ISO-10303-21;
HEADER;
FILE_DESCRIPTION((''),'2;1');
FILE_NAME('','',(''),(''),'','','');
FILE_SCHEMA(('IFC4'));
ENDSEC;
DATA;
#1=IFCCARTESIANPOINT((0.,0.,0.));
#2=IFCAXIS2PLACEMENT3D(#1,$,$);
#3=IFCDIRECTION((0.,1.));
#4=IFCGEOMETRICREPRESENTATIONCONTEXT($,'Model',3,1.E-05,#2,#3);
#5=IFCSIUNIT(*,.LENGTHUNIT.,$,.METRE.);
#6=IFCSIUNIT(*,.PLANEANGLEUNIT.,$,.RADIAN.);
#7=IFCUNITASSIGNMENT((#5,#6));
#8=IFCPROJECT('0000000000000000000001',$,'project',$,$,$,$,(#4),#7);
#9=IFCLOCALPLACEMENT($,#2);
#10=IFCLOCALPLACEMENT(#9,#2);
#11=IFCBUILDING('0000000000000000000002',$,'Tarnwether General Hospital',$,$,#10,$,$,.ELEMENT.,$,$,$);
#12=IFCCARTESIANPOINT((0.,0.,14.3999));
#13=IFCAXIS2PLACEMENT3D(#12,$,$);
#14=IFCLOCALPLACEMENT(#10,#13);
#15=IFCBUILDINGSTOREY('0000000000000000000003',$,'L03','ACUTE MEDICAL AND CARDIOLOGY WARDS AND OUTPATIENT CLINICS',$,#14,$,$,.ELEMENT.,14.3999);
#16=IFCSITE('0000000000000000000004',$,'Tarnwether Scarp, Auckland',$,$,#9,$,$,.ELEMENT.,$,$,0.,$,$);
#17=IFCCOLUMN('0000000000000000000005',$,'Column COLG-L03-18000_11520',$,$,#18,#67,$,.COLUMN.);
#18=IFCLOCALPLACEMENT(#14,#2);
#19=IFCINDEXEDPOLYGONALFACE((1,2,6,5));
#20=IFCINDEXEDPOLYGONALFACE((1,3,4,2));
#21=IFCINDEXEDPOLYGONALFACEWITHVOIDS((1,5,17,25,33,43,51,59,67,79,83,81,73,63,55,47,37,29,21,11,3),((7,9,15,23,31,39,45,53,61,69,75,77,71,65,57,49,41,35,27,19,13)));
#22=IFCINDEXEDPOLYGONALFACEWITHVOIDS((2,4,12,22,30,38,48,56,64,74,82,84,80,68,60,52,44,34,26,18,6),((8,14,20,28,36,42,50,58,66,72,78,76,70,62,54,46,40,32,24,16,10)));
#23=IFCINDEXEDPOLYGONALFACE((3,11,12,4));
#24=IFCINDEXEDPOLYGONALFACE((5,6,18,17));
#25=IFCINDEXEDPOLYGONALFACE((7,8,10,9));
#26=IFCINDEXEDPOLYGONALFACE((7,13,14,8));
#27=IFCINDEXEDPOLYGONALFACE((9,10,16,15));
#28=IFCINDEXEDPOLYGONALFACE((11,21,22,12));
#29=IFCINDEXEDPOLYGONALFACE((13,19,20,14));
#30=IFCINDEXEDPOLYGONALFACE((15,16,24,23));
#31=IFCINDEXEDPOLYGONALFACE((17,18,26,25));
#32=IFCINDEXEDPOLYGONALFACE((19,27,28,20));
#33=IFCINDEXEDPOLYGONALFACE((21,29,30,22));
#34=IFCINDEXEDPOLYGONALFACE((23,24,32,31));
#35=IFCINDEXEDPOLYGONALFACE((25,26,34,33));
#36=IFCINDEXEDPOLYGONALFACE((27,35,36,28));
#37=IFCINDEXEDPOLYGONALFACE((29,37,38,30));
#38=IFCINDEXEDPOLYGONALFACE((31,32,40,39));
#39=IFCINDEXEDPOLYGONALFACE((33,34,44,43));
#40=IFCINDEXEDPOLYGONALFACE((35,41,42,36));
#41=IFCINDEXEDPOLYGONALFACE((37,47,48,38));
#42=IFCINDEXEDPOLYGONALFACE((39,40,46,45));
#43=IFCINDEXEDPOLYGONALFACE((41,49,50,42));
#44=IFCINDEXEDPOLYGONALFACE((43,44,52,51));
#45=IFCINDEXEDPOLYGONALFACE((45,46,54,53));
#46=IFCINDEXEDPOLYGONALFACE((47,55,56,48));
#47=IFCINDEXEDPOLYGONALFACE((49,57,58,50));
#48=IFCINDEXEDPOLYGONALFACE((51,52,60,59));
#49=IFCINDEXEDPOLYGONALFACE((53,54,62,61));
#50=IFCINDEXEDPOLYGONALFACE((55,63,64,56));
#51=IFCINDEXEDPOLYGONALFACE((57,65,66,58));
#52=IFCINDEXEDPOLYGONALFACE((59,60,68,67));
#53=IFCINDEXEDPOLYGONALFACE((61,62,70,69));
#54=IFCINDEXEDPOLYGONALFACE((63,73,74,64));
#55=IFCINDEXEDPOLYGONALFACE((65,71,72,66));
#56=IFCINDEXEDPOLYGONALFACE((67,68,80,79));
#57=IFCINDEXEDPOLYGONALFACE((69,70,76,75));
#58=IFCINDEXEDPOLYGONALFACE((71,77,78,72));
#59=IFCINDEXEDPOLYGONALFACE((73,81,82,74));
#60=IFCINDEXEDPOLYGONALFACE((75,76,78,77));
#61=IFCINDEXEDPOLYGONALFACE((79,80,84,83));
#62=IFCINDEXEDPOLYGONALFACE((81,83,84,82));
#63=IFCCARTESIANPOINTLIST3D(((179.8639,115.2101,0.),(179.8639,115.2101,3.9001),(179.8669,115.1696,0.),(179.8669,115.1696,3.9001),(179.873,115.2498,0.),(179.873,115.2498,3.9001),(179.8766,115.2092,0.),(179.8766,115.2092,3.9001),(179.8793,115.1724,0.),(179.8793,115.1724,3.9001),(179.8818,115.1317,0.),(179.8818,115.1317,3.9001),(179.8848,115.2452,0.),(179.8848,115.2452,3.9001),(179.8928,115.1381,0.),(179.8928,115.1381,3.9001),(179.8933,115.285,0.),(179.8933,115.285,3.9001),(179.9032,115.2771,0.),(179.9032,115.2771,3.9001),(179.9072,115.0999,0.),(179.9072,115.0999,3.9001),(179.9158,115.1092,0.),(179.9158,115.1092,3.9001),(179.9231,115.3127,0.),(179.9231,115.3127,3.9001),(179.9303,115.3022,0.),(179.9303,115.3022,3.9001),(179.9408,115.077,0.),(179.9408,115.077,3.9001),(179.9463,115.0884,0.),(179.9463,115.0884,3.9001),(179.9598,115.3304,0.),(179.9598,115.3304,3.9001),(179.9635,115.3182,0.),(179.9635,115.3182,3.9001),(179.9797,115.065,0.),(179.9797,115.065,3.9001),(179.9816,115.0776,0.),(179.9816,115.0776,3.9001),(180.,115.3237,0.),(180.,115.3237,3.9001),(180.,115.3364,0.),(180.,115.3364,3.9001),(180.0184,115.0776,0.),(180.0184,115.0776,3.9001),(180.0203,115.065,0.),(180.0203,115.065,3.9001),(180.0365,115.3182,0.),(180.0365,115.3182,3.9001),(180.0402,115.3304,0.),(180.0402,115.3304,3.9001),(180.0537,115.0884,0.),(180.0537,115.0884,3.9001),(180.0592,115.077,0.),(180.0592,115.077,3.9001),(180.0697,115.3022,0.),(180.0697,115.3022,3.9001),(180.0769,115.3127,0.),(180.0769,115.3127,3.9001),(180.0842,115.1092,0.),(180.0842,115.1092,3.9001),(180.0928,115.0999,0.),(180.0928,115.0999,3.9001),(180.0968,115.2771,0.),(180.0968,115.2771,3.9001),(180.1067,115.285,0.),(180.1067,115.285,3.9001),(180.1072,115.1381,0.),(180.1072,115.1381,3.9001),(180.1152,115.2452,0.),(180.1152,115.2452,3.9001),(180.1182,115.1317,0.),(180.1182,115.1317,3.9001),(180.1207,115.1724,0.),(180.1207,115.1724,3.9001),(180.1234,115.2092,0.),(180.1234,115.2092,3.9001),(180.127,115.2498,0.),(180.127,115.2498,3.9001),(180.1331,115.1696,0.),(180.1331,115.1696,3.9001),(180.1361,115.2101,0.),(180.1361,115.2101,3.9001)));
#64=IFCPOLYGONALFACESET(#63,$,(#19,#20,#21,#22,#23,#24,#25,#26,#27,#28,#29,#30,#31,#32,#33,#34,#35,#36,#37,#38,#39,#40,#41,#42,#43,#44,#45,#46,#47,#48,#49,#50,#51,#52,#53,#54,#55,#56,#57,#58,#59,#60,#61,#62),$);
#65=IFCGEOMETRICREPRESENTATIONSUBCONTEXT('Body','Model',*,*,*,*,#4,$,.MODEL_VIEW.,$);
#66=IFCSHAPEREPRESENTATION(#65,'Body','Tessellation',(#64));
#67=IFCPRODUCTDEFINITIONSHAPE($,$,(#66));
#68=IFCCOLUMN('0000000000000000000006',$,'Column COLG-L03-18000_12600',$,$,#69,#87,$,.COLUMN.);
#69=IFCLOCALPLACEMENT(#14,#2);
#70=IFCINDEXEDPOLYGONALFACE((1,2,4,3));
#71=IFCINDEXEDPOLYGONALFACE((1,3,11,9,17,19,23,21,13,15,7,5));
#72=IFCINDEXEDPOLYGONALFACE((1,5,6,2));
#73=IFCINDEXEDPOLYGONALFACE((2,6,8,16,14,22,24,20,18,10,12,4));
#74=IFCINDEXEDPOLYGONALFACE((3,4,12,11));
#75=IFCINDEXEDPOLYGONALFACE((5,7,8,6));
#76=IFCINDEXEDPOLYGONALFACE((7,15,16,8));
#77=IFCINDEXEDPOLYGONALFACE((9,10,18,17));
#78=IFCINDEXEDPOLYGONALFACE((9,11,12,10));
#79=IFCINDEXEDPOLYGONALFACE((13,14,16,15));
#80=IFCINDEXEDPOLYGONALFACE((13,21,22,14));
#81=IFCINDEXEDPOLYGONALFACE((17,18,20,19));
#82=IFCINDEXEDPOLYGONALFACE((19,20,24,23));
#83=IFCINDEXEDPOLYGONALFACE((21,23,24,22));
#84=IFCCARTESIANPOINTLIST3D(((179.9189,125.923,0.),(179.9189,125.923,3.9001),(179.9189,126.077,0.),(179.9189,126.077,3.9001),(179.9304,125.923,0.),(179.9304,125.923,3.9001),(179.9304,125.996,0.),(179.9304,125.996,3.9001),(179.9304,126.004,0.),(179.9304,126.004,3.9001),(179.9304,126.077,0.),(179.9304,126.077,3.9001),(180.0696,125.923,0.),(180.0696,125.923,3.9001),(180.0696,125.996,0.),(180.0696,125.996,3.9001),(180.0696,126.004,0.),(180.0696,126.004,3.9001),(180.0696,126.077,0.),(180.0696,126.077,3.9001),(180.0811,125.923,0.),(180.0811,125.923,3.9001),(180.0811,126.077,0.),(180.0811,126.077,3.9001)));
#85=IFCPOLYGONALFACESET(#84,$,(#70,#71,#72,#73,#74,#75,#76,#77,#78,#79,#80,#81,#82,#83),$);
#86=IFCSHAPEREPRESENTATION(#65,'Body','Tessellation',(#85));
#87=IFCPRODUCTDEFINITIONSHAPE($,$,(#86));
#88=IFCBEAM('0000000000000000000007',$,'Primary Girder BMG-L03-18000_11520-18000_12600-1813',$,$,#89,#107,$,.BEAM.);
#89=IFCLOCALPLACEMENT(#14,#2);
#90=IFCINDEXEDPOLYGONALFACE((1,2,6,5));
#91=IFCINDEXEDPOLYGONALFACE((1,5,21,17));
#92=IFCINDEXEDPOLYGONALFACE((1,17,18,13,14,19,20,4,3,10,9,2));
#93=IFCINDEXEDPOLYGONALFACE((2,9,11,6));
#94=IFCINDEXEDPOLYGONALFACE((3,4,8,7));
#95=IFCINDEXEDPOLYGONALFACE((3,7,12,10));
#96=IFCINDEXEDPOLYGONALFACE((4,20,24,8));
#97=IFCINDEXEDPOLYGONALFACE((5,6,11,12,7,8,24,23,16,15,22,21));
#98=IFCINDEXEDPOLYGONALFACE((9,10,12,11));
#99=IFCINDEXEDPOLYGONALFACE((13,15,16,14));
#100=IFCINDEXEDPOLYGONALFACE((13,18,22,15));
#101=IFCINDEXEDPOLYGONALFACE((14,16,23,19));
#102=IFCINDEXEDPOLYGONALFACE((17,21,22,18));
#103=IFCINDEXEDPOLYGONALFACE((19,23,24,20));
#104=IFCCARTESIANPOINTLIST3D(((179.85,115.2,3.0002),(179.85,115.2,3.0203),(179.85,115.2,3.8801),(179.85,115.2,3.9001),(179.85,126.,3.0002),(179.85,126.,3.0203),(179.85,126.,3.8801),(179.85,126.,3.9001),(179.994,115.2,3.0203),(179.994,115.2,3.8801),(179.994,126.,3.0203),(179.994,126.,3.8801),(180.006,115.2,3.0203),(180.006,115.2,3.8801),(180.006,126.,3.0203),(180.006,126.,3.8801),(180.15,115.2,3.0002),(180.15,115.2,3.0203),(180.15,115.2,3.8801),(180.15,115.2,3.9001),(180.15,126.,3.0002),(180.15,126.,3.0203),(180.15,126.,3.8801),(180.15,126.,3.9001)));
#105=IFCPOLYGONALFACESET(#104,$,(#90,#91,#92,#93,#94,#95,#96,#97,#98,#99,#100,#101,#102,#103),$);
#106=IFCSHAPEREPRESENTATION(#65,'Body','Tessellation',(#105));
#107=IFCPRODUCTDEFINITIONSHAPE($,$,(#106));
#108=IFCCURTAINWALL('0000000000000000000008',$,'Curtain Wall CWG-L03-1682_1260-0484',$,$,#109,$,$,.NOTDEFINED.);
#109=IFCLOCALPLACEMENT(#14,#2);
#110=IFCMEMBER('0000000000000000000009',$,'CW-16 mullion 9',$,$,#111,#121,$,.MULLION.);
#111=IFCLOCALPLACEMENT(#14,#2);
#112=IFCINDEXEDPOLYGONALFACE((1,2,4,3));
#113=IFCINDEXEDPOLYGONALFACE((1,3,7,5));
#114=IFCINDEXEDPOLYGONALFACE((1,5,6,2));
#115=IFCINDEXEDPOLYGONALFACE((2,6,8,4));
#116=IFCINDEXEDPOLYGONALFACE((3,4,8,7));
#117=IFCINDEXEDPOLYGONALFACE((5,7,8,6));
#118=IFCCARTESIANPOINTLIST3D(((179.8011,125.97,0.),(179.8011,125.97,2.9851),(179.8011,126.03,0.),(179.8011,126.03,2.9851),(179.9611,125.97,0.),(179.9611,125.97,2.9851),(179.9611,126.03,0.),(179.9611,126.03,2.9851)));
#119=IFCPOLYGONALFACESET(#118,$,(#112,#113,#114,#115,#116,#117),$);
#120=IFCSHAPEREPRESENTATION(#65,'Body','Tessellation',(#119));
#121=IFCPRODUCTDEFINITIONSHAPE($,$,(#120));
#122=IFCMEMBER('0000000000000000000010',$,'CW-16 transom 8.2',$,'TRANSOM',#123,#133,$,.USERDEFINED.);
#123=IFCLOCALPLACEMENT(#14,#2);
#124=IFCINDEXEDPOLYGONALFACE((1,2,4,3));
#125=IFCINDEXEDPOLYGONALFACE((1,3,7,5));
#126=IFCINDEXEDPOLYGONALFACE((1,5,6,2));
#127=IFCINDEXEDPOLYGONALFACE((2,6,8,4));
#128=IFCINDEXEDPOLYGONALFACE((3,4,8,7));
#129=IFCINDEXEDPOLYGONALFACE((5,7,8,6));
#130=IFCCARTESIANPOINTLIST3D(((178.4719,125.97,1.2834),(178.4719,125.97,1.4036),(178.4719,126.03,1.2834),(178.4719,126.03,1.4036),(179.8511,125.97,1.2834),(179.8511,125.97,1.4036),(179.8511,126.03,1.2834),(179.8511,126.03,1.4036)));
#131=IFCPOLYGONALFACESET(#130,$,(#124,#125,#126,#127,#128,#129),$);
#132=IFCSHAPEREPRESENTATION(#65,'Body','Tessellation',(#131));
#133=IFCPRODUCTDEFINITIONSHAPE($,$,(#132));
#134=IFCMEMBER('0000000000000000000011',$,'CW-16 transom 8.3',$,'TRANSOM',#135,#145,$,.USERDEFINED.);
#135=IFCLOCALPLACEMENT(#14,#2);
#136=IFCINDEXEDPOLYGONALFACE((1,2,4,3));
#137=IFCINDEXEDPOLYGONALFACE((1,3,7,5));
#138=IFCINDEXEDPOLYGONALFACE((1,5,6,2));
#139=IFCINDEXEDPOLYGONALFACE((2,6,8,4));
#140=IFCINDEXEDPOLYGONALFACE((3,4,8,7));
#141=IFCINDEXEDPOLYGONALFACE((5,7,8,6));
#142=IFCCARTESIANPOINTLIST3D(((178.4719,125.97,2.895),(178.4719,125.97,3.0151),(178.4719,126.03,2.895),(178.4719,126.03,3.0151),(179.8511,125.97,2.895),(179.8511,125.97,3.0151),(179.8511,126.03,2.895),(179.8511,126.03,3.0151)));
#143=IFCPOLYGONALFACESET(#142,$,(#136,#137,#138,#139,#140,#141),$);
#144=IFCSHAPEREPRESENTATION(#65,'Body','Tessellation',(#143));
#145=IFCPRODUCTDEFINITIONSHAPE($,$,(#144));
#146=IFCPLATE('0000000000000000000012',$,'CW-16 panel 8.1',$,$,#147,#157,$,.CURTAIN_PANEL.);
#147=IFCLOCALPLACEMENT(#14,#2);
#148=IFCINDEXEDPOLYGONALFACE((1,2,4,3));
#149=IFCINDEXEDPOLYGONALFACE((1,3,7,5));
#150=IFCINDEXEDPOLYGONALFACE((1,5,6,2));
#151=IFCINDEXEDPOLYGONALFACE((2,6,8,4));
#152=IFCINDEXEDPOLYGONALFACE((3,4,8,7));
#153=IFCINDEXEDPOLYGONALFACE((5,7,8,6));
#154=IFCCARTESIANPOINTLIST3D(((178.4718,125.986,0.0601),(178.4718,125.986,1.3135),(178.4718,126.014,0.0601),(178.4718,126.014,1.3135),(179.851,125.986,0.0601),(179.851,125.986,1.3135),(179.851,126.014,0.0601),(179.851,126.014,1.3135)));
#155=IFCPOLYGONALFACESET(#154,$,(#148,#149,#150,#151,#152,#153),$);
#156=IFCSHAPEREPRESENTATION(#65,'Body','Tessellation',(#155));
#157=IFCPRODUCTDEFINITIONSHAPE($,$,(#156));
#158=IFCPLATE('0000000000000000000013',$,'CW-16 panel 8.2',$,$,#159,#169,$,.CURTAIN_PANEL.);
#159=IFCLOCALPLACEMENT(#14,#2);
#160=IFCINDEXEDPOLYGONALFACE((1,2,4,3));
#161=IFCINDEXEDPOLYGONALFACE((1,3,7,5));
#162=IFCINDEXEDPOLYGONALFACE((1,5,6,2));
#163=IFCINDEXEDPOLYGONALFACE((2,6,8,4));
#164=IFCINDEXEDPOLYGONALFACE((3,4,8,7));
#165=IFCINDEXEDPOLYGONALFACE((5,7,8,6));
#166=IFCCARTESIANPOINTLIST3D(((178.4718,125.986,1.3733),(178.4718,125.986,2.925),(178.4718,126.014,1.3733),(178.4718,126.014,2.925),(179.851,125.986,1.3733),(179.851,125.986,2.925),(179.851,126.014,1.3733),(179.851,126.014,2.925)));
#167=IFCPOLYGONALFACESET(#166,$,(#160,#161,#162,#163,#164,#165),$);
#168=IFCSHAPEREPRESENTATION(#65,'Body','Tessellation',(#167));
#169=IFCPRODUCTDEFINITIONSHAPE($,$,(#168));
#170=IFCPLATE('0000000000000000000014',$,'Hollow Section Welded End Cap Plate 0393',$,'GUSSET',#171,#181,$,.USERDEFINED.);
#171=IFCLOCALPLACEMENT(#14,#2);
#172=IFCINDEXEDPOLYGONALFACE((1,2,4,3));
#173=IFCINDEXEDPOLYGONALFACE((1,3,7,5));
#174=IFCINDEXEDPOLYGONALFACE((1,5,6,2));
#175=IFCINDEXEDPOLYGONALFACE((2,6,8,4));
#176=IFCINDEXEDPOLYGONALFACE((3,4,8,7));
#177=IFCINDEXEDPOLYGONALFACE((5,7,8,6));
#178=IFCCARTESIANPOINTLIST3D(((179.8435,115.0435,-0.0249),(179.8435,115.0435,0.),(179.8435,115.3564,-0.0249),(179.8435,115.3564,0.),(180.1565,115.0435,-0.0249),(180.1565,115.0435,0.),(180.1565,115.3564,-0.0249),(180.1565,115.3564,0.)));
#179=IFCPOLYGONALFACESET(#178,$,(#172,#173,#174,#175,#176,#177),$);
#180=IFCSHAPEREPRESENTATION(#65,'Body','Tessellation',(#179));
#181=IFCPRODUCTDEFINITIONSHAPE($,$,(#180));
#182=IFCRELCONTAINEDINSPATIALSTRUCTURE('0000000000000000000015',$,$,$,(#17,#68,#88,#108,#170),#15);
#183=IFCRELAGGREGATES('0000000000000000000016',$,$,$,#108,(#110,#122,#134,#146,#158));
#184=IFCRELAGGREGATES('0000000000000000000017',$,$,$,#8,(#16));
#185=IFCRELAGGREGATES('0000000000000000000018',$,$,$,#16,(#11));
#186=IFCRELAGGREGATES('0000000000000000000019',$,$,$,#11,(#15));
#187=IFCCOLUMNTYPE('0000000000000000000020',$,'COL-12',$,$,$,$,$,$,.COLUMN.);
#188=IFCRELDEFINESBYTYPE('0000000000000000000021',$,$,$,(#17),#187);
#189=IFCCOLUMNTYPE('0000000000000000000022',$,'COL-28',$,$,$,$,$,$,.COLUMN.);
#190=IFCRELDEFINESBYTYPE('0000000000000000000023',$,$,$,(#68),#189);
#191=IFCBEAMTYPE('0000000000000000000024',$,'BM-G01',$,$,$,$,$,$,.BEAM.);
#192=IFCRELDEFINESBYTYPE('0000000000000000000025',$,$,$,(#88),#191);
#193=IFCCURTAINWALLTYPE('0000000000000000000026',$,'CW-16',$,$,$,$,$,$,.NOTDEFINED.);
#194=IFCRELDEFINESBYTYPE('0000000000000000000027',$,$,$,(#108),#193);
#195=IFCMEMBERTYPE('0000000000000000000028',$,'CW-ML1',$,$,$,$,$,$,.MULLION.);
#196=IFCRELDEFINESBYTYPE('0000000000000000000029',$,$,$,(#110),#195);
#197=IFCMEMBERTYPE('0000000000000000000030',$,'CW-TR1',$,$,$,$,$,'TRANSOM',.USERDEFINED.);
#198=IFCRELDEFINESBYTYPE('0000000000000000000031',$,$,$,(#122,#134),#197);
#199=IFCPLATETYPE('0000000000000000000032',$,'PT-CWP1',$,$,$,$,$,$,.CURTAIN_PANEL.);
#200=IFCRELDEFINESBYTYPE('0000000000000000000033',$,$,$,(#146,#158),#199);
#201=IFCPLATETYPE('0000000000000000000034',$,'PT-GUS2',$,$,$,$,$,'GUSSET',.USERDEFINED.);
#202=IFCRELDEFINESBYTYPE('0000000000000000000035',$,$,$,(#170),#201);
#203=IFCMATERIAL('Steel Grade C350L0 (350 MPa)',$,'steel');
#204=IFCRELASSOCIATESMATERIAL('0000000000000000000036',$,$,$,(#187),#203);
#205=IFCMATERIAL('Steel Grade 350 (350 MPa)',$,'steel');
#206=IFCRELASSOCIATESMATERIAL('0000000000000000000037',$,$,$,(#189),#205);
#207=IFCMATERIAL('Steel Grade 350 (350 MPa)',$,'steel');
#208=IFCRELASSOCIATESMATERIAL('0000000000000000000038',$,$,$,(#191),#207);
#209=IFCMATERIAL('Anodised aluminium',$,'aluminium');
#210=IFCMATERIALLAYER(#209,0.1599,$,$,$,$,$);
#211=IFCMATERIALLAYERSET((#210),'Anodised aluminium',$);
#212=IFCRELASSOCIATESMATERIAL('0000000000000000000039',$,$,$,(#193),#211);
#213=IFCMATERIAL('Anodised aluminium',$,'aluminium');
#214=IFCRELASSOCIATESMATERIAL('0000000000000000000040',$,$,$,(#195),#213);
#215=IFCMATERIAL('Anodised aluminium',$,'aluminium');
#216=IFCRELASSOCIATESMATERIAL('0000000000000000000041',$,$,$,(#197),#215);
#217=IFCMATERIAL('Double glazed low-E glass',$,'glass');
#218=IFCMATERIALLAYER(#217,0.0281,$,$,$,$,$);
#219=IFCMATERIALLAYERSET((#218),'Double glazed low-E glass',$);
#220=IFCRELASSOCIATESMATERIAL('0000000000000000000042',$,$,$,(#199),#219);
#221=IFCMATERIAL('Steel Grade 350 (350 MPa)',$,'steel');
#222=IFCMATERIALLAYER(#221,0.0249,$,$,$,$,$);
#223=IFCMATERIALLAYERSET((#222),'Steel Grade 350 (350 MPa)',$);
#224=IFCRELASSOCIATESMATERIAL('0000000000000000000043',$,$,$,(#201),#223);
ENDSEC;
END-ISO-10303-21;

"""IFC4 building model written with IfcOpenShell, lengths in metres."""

from ifc_helpers import new_model, si_unit, direction, frame, origin, origin_2d, place, context, subcontext, project, spatial, rectangle, hollow_circle, i_section, extrude, material, layer, layer_set, material_profile, profile_set, type_object, element, aggregate, save


model = new_model("IFC4")

# Units and contexts
model_context = context("Model", 3, precision=1e-05, world=origin(), true_north=direction((0.0, 1.0)))
body_context = subcontext(model_context, "Body", "Model", "MODEL_VIEW")
ifc_project = project(units=[si_unit("LENGTHUNIT", "METRE"), si_unit("PLANEANGLEUNIT", "RADIAN")], contexts=[model_context])

# Site, building, storey
site_placement = place(None, origin())
site = spatial("IfcSite", under=ifc_project, at=site_placement, Name="Tarnwether Scarp, Auckland", CompositionType="ELEMENT", RefElevation=0.0)
building_placement = place(site_placement, origin())
building = spatial("IfcBuilding", under=site, at=building_placement, Name="Tarnwether General Hospital", CompositionType="ELEMENT")
storey_placement = place(building_placement, frame((0.0, 0.0, 14.3999)))
storey = spatial("IfcBuildingStorey", under=building, at=storey_placement, Name="L03", Description="ACUTE MEDICAL AND CARDIOLOGY WARDS AND OUTPATIENT CLINICS", CompositionType="ELEMENT", Elevation=14.3999)

# Columns
ifc_material_1 = material(Name="Steel Grade C350L0 (350 MPa)", Category="steel")
ifc_material_profile_1 = material_profile(ifc_material_1, hollow_circle(Radius=0.1365, WallThickness=0.0127, at=origin_2d()), Name="CHS273.1x12.7")
ifc_profile_set_1 = profile_set([ifc_material_profile_1], Name="Steel Grade C350L0 (350 MPa)")
column_type_1 = type_object("IfcColumnType", Name="COL-12", PredefinedType="COLUMN", material=ifc_profile_set_1)
column_1_placement = place(storey_placement, frame((180.0, 115.2, 0.0), z_axis=(0.0, 0.0, 1.0), x_axis=(0.0, 1.0, 0.0)))
element("IfcColumn", 1, at=column_1_placement, inside=storey, type_object=column_type_1, Name="Column COLG-L03-18000_11520", PredefinedType="COLUMN", context=body_context, shape_type="SweptSolid", body=[
    extrude(hollow_circle(Radius=0.1365, WallThickness=0.0127, at=origin_2d()), origin(), (0.0, 0.0, 1.0), 3.9001),
])
ifc_material_2 = material(Name="Steel Grade 350 (350 MPa)", Category="steel")
ifc_material_profile_2 = material_profile(ifc_material_2, i_section(OverallWidth=0.1541, OverallDepth=0.1621, WebThickness=0.0081, FlangeThickness=0.0115, at=origin_2d()), Name="150UC37.2")
ifc_profile_set_2 = profile_set([ifc_material_profile_2], Name="Steel Grade 350 (350 MPa)")
column_type_2 = type_object("IfcColumnType", Name="COL-28", PredefinedType="COLUMN", material=ifc_profile_set_2)
column_2_placement = place(storey_placement, frame((180.0, 126.0, 0.0), z_axis=(0.0, 0.0, 1.0), x_axis=(0.0, 1.0, 0.0)))
element("IfcColumn", 2, at=column_2_placement, inside=storey, type_object=column_type_2, Name="Column COLG-L03-18000_12600", PredefinedType="COLUMN", context=body_context, shape_type="SweptSolid", body=[
    extrude(i_section(OverallWidth=0.1541, OverallDepth=0.1621, WebThickness=0.0081, FlangeThickness=0.0115, at=origin_2d()), origin(), (0.0, 0.0, 1.0), 3.9001),
])

# Beam
ifc_material_3 = material(Name="Steel Grade 350 (350 MPa)", Category="steel")
ifc_material_profile_3 = material_profile(ifc_material_3, i_section(OverallWidth=0.3, OverallDepth=0.8999, WebThickness=0.012, FlangeThickness=0.02, at=origin_2d()), Name="900WB175")
ifc_profile_set_3 = profile_set([ifc_material_profile_3], Name="Steel Grade 350 (350 MPa)")
beam_type = type_object("IfcBeamType", Name="BM-G01", PredefinedType="BEAM", material=ifc_profile_set_3)
beam_placement = place(storey_placement, frame((180.0, 115.2, 3.4502), z_axis=(0.0, 1.0, 0.0), x_axis=(-1.0, 0.0, 0.0)))
element("IfcBeam", 3, at=beam_placement, inside=storey, type_object=beam_type, Name="Primary Girder BMG-L03-18000_11520-18000_12600-1813", PredefinedType="BEAM", context=body_context, shape_type="SweptSolid", body=[
    extrude(i_section(OverallWidth=0.3, OverallDepth=0.8999, WebThickness=0.012, FlangeThickness=0.02, at=origin_2d()), origin(), (0.0, 0.0, 1.0), 10.8),
])

# Curtain wall, members, plates
ifc_material_4 = material(Name="Anodised aluminium", Category="aluminium")
ifc_layer_1 = layer(ifc_material_4, 0.1599)
ifc_layer_set_1 = layer_set([ifc_layer_1], Name="Anodised aluminium")
curtain_wall_type = type_object("IfcCurtainWallType", Name="CW-16", PredefinedType="NOTDEFINED", material=ifc_layer_set_1)
curtain_wall_placement = place(storey_placement, origin())
curtain_wall = element("IfcCurtainWall", 4, at=curtain_wall_placement, inside=storey, type_object=curtain_wall_type, Name="Curtain Wall CWG-L03-1682_1260-0484", PredefinedType="NOTDEFINED")
ifc_material_5 = material(Name="Anodised aluminium", Category="aluminium")
ifc_material_profile_4 = material_profile(ifc_material_5, rectangle(XDim=0.0601, YDim=0.1599, at=origin_2d()), Name="ALU-MUL-60x160")
ifc_profile_set_4 = profile_set([ifc_material_profile_4], Name="Anodised aluminium")
member_type_1 = type_object("IfcMemberType", Name="CW-ML1", PredefinedType="MULLION", material=ifc_profile_set_4)
member_1_placement = place(storey_placement, frame((179.8811, 126.0, 0.0), z_axis=(0.0, 0.0, 1.0), x_axis=(0.0, 1.0, 0.0)))
member_1 = element("IfcMember", 5, at=member_1_placement, type_object=member_type_1, Name="CW-16 mullion 9", PredefinedType="MULLION", context=body_context, shape_type="SweptSolid", body=[
    extrude(rectangle(XDim=0.0601, YDim=0.1599, at=origin_2d()), origin(), (0.0, 0.0, 1.0), 2.9851),
])
ifc_material_6 = material(Name="Anodised aluminium", Category="aluminium")
ifc_material_profile_5 = material_profile(ifc_material_6, rectangle(XDim=0.0601, YDim=0.1201, at=origin_2d()), Name="ALU-TRN-60x120")
ifc_profile_set_5 = profile_set([ifc_material_profile_5], Name="Anodised aluminium")
member_type_2 = type_object("IfcMemberType", Name="CW-TR1", ElementType="TRANSOM", PredefinedType="USERDEFINED", material=ifc_profile_set_5)
member_2_placement = place(storey_placement, frame((178.4719, 126.0, 1.3435), z_axis=(1.0, 0.0, 0.0), x_axis=(0.0, 1.0, 0.0)))
member_2 = element("IfcMember", 6, at=member_2_placement, type_object=member_type_2, Name="CW-16 transom 8.2", ObjectType="TRANSOM", PredefinedType="USERDEFINED", context=body_context, shape_type="SweptSolid", body=[
    extrude(rectangle(XDim=0.0601, YDim=0.1201, at=origin_2d()), origin(), (0.0, 0.0, 1.0), 1.3792),
])
member_3_placement = place(storey_placement, frame((178.4719, 126.0, 2.9551), z_axis=(1.0, 0.0, 0.0), x_axis=(0.0, 1.0, 0.0)))
member_3 = element("IfcMember", 7, at=member_3_placement, type_object=member_type_2, Name="CW-16 transom 8.3", ObjectType="TRANSOM", PredefinedType="USERDEFINED", context=body_context, shape_type="SweptSolid", body=[
    extrude(rectangle(XDim=0.0601, YDim=0.1201, at=origin_2d()), origin(), (0.0, 0.0, 1.0), 1.3792),
])
ifc_material_7 = material(Name="Double glazed low-E glass", Category="glass")
ifc_layer_2 = layer(ifc_material_7, 0.0281)
ifc_layer_set_2 = layer_set([ifc_layer_2], Name="Double glazed low-E glass")
plate_type_1 = type_object("IfcPlateType", Name="PT-CWP1", PredefinedType="CURTAIN_PANEL", material=ifc_layer_set_2)
plate_1_placement = place(storey_placement, frame((179.1614, 126.0, 0.0601), z_axis=(0.0, 0.0, 1.0), x_axis=(1.0, 0.0, 0.0)))
plate_1 = element("IfcPlate", 8, at=plate_1_placement, type_object=plate_type_1, Name="CW-16 panel 8.1", PredefinedType="CURTAIN_PANEL", context=body_context, shape_type="SweptSolid", body=[
    extrude(rectangle(XDim=1.3792, YDim=0.0281, at=origin_2d()), origin(), (0.0, 0.0, 1.0), 1.2534),
])
plate_2_placement = place(storey_placement, frame((179.1614, 126.0, 1.3733), z_axis=(0.0, 0.0, 1.0), x_axis=(1.0, 0.0, 0.0)))
plate_2 = element("IfcPlate", 9, at=plate_2_placement, type_object=plate_type_1, Name="CW-16 panel 8.2", PredefinedType="CURTAIN_PANEL", context=body_context, shape_type="SweptSolid", body=[
    extrude(rectangle(XDim=1.3792, YDim=0.0281, at=origin_2d()), origin(), (0.0, 0.0, 1.0), 1.5518),
])
aggregate(curtain_wall, [member_1, member_2, member_3, plate_1, plate_2])

# Plate
ifc_material_8 = material(Name="Steel Grade 350 (350 MPa)", Category="steel")
ifc_layer_3 = layer(ifc_material_8, 0.0249)
ifc_layer_set_3 = layer_set([ifc_layer_3], Name="Steel Grade 350 (350 MPa)")
plate_type_2 = type_object("IfcPlateType", Name="PT-GUS2", ElementType="GUSSET", PredefinedType="USERDEFINED", material=ifc_layer_set_3)
for number, where, z_axis, x_axis, name in (
    (10, (180.0, 115.2, -0.0249), (0.0, 0.0, 1.0), (1.0, 0.0, 0.0), "Hollow Section Welded End Cap Plate 0393"),
):
    element("IfcPlate", number, at=place(storey_placement, frame(where, z_axis=z_axis, x_axis=x_axis)), inside=storey, type_object=plate_type_2, Name=name, ObjectType="GUSSET", PredefinedType="USERDEFINED", context=body_context, shape_type="SweptSolid", body=[
        extrude(rectangle(XDim=0.313, YDim=0.313, at=origin_2d()), origin(), (0.0, 0.0, 1.0), 0.0249),
    ])

save(model, "model.ifc")
